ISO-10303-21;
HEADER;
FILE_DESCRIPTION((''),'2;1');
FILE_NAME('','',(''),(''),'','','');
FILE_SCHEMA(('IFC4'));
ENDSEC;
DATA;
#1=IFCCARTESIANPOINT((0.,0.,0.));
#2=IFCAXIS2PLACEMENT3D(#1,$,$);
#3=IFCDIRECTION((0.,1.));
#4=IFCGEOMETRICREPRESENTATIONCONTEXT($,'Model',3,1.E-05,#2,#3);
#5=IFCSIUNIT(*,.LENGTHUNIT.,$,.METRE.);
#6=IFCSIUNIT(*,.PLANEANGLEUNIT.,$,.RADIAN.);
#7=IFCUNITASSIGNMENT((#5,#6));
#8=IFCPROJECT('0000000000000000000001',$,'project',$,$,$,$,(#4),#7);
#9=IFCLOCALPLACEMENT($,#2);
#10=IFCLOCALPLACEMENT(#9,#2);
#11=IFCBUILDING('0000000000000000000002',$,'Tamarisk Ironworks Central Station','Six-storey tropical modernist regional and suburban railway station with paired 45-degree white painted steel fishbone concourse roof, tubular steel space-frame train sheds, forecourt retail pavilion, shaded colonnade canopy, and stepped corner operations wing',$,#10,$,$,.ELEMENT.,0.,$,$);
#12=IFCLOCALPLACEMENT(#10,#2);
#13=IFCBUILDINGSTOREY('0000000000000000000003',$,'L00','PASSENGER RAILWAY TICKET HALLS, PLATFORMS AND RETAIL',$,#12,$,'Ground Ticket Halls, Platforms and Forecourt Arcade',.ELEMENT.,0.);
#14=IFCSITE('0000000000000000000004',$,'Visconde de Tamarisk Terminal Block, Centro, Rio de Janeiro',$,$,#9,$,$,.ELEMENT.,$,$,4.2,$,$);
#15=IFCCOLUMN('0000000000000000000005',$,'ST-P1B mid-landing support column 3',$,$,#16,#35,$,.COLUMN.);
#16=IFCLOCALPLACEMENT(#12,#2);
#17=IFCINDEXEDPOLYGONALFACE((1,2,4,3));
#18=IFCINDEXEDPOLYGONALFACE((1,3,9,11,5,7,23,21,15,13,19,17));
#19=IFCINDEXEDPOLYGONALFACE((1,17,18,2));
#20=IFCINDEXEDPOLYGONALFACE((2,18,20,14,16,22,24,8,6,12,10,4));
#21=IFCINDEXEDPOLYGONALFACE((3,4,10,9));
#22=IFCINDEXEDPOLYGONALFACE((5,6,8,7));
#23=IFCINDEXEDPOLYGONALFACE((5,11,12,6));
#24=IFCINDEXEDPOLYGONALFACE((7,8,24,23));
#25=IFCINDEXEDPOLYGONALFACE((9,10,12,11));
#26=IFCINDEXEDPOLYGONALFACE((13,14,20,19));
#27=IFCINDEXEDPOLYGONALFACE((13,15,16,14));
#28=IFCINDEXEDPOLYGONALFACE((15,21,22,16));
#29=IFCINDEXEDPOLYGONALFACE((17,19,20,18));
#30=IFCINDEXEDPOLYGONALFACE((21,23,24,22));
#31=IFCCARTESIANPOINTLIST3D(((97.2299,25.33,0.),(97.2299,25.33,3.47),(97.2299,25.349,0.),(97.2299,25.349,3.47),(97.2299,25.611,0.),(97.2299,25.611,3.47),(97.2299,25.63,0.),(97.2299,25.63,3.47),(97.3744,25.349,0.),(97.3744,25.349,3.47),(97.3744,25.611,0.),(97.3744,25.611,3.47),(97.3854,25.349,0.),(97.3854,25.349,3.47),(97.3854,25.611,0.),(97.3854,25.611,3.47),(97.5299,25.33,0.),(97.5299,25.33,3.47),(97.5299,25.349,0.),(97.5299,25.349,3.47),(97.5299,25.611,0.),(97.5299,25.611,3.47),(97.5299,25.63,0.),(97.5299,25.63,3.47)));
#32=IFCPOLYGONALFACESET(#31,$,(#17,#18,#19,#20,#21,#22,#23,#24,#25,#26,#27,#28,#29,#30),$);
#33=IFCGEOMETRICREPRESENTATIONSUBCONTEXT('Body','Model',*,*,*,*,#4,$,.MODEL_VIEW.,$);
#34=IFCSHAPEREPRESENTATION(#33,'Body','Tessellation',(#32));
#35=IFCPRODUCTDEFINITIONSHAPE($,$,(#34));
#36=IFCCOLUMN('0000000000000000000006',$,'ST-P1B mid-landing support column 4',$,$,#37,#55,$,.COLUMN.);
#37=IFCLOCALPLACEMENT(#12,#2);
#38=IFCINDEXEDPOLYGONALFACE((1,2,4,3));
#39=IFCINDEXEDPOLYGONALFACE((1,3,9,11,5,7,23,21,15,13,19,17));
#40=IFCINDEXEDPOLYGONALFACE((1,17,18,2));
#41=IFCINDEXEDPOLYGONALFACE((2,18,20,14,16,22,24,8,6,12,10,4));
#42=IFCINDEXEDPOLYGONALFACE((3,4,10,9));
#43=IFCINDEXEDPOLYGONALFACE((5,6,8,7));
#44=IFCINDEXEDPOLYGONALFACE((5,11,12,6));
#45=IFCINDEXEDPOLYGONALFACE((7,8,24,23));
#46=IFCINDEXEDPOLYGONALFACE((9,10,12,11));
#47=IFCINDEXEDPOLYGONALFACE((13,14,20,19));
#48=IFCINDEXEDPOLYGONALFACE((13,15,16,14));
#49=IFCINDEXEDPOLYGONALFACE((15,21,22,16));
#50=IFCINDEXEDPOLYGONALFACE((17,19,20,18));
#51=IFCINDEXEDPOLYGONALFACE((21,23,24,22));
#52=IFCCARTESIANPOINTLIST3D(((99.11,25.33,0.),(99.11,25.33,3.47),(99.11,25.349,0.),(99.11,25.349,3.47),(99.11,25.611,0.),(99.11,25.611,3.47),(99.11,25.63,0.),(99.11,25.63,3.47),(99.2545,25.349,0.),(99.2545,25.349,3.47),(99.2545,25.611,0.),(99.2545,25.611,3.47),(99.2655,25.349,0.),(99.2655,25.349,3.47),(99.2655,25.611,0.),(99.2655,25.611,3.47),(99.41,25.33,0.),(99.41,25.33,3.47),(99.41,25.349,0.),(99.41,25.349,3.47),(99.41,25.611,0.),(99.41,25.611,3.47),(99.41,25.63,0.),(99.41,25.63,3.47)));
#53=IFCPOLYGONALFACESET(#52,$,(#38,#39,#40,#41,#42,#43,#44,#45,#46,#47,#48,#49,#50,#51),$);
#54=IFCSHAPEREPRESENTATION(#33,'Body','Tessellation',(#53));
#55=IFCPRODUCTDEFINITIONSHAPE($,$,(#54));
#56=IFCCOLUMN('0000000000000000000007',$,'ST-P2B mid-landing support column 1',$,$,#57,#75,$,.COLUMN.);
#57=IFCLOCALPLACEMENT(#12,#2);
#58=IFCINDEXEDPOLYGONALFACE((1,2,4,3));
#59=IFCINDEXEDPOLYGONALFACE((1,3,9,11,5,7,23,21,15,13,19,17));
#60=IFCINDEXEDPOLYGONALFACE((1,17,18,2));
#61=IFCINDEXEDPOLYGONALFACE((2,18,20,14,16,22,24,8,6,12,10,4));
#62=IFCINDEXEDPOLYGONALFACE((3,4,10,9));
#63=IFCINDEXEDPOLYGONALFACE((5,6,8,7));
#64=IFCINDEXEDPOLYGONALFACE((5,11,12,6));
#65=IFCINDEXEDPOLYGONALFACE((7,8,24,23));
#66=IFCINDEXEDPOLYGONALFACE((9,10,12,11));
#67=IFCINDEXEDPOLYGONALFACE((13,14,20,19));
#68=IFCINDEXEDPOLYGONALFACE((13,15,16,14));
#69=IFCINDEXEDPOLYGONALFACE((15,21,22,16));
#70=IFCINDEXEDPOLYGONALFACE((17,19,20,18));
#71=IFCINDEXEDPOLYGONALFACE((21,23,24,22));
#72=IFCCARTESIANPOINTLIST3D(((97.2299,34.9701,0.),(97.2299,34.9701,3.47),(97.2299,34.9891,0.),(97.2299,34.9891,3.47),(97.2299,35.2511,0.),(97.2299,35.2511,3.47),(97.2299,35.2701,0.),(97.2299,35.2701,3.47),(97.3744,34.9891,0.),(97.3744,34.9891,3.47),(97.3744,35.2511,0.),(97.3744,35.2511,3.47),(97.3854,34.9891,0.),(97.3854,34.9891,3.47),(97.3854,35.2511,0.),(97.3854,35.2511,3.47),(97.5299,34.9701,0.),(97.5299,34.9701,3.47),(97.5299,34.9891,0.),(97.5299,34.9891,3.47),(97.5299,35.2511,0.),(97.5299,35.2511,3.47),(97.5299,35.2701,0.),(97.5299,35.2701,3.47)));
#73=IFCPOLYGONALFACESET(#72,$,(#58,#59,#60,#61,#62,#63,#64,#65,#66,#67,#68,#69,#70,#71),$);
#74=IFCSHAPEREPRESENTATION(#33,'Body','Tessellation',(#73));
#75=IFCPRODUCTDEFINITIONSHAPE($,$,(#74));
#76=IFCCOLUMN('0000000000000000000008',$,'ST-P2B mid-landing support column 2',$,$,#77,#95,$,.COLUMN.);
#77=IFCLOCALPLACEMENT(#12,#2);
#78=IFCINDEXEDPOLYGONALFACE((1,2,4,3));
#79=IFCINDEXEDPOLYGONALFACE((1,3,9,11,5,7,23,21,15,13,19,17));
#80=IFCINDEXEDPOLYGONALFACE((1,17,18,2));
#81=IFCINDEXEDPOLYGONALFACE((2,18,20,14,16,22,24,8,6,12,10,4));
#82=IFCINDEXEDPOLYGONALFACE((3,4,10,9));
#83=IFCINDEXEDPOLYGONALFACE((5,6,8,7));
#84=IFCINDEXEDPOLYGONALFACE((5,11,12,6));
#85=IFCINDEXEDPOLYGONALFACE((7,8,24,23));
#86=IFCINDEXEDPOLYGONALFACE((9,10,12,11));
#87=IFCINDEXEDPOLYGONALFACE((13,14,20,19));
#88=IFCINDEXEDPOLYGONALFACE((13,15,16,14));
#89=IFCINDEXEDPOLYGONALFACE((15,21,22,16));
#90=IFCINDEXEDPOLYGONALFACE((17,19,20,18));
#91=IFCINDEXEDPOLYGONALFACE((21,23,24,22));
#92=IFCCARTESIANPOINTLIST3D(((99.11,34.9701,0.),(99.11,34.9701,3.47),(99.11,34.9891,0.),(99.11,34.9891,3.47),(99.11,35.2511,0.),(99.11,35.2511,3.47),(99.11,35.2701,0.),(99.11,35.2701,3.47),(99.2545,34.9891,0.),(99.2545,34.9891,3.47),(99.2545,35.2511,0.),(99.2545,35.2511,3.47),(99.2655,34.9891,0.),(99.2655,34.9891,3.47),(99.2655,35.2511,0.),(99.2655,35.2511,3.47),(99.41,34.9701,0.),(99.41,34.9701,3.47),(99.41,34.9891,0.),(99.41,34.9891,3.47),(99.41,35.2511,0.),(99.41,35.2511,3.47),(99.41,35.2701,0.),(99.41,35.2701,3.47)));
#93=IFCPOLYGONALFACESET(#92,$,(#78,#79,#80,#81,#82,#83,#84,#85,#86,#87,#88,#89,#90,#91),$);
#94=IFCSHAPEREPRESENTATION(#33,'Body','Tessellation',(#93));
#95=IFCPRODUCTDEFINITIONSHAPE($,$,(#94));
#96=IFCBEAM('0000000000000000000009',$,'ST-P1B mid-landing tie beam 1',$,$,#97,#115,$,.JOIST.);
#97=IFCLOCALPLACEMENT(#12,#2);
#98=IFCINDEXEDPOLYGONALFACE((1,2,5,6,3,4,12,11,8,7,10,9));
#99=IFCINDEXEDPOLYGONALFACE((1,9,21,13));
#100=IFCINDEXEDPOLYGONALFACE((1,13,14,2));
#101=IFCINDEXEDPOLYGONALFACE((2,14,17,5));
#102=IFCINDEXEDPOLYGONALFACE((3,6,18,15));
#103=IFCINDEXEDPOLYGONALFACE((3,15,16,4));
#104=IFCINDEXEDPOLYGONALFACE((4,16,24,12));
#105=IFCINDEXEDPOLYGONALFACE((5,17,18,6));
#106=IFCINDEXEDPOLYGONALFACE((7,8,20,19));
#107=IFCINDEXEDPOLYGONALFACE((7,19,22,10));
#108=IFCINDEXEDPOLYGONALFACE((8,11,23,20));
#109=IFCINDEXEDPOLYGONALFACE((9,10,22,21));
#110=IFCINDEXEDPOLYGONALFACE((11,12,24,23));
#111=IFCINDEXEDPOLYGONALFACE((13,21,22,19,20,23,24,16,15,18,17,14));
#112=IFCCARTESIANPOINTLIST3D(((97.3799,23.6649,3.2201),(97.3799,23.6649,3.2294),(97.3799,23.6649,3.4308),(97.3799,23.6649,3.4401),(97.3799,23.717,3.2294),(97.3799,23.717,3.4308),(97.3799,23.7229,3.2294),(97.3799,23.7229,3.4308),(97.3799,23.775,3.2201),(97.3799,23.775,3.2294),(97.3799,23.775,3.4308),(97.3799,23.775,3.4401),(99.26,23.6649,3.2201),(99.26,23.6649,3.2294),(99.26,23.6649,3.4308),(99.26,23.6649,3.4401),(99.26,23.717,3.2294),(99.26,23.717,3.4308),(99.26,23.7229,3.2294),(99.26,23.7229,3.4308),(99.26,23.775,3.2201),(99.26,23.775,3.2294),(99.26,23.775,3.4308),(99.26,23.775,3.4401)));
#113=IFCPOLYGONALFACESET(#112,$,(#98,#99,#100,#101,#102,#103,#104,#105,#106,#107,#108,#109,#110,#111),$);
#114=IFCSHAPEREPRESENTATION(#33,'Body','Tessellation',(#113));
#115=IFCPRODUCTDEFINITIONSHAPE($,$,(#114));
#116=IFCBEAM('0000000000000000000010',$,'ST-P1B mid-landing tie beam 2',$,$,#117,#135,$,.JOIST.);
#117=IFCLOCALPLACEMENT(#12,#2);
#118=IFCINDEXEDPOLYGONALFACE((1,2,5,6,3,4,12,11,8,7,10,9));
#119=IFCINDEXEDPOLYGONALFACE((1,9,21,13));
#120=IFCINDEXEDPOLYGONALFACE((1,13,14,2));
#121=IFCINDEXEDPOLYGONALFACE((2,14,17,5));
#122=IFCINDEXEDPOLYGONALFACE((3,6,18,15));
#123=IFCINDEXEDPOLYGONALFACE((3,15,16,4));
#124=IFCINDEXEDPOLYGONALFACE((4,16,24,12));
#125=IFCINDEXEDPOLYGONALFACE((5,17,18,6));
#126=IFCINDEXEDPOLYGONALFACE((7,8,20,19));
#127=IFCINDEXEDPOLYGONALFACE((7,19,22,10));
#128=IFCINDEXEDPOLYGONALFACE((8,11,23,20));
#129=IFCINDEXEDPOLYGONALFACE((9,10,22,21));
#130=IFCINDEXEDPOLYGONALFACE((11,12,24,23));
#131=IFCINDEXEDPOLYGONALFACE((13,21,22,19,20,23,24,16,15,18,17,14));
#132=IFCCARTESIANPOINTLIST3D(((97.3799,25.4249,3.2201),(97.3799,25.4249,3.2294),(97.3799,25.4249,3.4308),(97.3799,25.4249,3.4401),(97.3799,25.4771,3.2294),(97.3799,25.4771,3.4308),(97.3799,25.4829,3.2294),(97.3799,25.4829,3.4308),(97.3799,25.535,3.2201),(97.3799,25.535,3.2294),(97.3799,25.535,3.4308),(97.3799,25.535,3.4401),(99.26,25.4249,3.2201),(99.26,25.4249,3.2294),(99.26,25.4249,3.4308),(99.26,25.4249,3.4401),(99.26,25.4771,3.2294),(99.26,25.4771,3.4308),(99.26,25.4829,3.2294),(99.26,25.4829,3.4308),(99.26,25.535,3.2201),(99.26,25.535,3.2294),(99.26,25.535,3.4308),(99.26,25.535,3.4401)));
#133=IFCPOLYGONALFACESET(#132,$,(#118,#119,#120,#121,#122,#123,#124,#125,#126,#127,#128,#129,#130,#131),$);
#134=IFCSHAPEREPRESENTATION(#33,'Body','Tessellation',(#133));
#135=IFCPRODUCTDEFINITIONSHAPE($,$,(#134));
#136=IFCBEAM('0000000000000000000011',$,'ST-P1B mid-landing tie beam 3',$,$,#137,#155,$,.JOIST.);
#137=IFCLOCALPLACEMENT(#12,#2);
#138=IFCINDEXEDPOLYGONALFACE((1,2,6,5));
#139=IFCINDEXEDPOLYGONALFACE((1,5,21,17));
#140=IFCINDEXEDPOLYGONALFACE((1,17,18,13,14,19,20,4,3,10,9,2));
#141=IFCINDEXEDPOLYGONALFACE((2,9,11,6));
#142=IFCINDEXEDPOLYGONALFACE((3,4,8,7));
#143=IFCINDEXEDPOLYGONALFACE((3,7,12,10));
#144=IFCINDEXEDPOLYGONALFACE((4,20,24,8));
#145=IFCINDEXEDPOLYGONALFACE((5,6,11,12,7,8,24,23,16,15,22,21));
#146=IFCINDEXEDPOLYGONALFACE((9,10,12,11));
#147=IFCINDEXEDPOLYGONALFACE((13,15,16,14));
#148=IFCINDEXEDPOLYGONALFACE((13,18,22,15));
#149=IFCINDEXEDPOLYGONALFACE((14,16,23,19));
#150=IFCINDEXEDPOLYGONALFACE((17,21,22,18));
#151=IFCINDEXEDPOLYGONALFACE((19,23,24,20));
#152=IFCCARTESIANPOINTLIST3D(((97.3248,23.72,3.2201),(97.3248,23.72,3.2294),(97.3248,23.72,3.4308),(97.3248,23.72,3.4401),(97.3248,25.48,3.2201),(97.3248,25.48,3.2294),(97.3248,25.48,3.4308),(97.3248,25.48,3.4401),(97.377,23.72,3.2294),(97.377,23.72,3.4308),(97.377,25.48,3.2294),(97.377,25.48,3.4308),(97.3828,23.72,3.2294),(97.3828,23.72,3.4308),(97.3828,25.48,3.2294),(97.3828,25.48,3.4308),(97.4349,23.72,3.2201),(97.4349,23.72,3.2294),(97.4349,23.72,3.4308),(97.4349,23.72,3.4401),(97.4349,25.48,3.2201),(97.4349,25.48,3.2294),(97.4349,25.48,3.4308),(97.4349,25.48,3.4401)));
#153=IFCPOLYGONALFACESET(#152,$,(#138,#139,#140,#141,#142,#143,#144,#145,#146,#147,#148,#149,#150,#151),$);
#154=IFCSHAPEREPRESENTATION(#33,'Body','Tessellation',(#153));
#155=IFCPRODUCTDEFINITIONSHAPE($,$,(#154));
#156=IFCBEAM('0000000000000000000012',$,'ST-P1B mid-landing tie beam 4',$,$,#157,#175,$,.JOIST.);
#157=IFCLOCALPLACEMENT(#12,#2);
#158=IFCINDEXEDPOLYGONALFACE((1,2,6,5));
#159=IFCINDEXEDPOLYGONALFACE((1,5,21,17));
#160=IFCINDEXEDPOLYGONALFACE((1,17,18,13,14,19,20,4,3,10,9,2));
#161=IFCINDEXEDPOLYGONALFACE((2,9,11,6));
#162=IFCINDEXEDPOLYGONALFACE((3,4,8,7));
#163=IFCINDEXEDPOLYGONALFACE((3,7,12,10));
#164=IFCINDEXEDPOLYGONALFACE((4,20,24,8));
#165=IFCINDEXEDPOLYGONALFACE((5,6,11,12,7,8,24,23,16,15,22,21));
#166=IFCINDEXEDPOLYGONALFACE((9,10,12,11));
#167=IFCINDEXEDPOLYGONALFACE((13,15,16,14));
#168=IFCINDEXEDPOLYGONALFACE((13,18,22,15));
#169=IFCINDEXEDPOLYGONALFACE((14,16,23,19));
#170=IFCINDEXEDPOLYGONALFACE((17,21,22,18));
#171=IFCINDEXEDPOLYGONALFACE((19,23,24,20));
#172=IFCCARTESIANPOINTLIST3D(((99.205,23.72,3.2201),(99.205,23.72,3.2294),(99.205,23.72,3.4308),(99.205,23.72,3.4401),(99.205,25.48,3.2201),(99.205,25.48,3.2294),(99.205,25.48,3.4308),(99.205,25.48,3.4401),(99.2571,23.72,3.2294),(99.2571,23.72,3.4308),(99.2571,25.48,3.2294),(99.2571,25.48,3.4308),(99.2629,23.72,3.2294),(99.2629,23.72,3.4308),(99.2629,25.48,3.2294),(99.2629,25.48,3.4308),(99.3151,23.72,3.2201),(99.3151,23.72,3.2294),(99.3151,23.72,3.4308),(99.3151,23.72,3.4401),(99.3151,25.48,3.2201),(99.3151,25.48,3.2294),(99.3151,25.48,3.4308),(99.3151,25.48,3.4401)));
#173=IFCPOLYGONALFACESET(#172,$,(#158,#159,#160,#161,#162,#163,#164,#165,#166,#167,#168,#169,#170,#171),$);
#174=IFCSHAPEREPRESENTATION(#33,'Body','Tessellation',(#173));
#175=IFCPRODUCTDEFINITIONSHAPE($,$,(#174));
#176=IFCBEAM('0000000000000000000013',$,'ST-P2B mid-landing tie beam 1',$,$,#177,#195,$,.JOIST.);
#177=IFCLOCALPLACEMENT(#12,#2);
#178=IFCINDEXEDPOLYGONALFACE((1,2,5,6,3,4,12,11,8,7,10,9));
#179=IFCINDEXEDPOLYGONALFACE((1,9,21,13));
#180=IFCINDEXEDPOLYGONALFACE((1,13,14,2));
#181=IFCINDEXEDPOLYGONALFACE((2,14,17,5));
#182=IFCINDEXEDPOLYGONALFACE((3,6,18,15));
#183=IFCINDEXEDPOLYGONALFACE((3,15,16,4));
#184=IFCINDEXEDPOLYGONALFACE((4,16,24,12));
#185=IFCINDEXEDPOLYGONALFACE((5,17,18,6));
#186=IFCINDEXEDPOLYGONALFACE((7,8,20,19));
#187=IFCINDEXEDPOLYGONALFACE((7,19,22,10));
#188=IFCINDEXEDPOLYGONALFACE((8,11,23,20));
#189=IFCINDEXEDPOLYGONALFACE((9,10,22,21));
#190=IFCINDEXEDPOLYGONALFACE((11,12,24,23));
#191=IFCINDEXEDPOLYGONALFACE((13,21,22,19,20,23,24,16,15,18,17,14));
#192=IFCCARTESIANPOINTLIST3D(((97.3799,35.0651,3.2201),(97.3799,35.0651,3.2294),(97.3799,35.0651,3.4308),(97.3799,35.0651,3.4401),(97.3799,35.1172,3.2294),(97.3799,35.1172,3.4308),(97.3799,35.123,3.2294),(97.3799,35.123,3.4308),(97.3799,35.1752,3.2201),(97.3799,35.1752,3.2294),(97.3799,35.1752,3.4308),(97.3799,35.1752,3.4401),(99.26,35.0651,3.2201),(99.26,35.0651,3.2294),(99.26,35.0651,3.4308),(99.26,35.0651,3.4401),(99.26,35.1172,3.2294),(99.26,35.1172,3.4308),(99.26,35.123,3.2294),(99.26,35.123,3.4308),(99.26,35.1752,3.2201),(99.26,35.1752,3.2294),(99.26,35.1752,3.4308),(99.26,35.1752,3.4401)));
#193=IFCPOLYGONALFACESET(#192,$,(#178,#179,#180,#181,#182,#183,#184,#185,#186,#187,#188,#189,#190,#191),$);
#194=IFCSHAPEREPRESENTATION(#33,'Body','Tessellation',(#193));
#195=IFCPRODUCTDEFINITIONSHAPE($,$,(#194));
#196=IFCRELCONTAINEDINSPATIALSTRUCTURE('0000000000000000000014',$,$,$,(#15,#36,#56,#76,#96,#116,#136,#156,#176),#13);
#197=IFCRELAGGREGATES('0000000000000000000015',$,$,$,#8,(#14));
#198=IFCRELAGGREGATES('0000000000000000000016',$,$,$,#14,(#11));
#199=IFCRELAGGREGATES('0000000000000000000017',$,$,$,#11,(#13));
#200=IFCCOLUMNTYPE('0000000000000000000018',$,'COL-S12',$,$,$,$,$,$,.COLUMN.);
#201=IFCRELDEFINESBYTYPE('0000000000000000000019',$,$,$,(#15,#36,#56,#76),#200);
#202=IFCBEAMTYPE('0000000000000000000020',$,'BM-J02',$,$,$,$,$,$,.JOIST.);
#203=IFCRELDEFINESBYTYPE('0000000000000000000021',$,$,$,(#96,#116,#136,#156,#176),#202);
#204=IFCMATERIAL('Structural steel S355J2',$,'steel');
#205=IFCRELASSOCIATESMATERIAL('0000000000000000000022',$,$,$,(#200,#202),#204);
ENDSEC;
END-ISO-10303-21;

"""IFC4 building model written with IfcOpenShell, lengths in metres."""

from ifc_helpers import new_model, si_unit, direction, frame, origin, origin_2d, place, context, subcontext, project, spatial, i_section, extrude, material, material_profile, profile_set, type_object, element, save


model = new_model("IFC4")

# Units and contexts
model_context = context("Model", 3, precision=1e-05, world=origin(), true_north=direction((0.0, 1.0)))
body_context = subcontext(model_context, "Body", "Model", "MODEL_VIEW")
ifc_project = project(units=[si_unit("LENGTHUNIT", "METRE"), si_unit("PLANEANGLEUNIT", "RADIAN")], contexts=[model_context])

# Site, building, storey
site_placement = place(None, origin())
site = spatial("IfcSite", under=ifc_project, at=site_placement, Name="Visconde de Tamarisk Terminal Block, Centro, Rio de Janeiro", CompositionType="ELEMENT", RefElevation=4.2)
building_placement = place(site_placement, origin())
building = spatial("IfcBuilding", under=site, at=building_placement, Name="Tamarisk Ironworks Central Station", Description="Six-storey tropical modernist regional and suburban railway station with paired 45-degree white painted steel fishbone concourse roof, tubular steel space-frame train sheds, forecourt retail pavilion, shaded colonnade canopy, and stepped corner operations wing", CompositionType="ELEMENT", ElevationOfRefHeight=0.0)
storey_placement = place(building_placement, origin())
storey = spatial("IfcBuildingStorey", under=building, at=storey_placement, Name="L00", Description="PASSENGER RAILWAY TICKET HALLS, PLATFORMS AND RETAIL", LongName="Ground Ticket Halls, Platforms and Forecourt Arcade", CompositionType="ELEMENT", Elevation=0.0)

# Columns
ifc_material_1 = material(Name="Structural steel S355J2", Category="steel")
ifc_material_profile_1 = material_profile(ifc_material_1, i_section(OverallWidth=0.3, OverallDepth=0.3, WebThickness=0.011, FlangeThickness=0.019, at=origin_2d()), Name="HEB 300")
ifc_profile_set_1 = profile_set([ifc_material_profile_1], Name="Structural steel S355J2")
column_type = type_object("IfcColumnType", Name="COL-S12", PredefinedType="COLUMN", material=ifc_profile_set_1)
for number, where, z_axis, x_axis, name in (
    (1, (97.3799, 25.48, 0.0), (0.0, 0.0, 1.0), (1.0, 0.0, 0.0), "ST-P1B mid-landing support column 3"),
    (2, (99.26, 25.48, 0.0), (0.0, 0.0, 1.0), (1.0, 0.0, 0.0), "ST-P1B mid-landing support column 4"),
    (3, (97.3799, 35.1201, 0.0), (0.0, 0.0, 1.0), (1.0, 0.0, 0.0), "ST-P2B mid-landing support column 1"),
    (4, (99.26, 35.1201, 0.0), (0.0, 0.0, 1.0), (1.0, 0.0, 0.0), "ST-P2B mid-landing support column 2"),
):
    element("IfcColumn", number, at=place(storey_placement, frame(where, z_axis=z_axis, x_axis=x_axis)), inside=storey, type_object=column_type, Name=name, PredefinedType="COLUMN", context=body_context, shape_type="SweptSolid", body=[
        extrude(i_section(OverallWidth=0.3, OverallDepth=0.3, WebThickness=0.011, FlangeThickness=0.019, at=origin_2d()), origin(), (0.0, 0.0, 1.0), 3.47),
    ])

# Beams
ifc_material_profile_2 = material_profile(ifc_material_1, i_section(OverallWidth=0.1101, OverallDepth=0.22, WebThickness=0.0059, FlangeThickness=0.0093, at=origin_2d()), Name="IPE 220")
ifc_profile_set_2 = profile_set([ifc_material_profile_2], Name="Structural steel S355J2")
beam_type = type_object("IfcBeamType", Name="BM-J02", PredefinedType="JOIST", material=ifc_profile_set_2)
for number, where, z_axis, x_axis, name in (
    (5, (97.3799, 23.72, 3.3301), (1.0, 0.0, 0.0), (0.0, 1.0, 0.0), "ST-P1B mid-landing tie beam 1"),
    (6, (97.3799, 25.48, 3.3301), (1.0, 0.0, 0.0), (0.0, 1.0, 0.0), "ST-P1B mid-landing tie beam 2"),
):
    element("IfcBeam", number, at=place(storey_placement, frame(where, z_axis=z_axis, x_axis=x_axis)), inside=storey, type_object=beam_type, Name=name, PredefinedType="JOIST", context=body_context, shape_type="SweptSolid", body=[
        extrude(i_section(OverallWidth=0.1101, OverallDepth=0.22, WebThickness=0.0059, FlangeThickness=0.0093, at=origin_2d()), origin(), (0.0, 0.0, 1.0), 1.8801),
    ])
for number, where, z_axis, x_axis, name in (
    (7, (97.3799, 23.72, 3.3301), (0.0, 1.0, 0.0), (-1.0, 0.0, 0.0), "ST-P1B mid-landing tie beam 3"),
    (8, (99.26, 23.72, 3.3301), (0.0, 1.0, 0.0), (-1.0, 0.0, 0.0), "ST-P1B mid-landing tie beam 4"),
):
    element("IfcBeam", number, at=place(storey_placement, frame(where, z_axis=z_axis, x_axis=x_axis)), inside=storey, type_object=beam_type, Name=name, PredefinedType="JOIST", context=body_context, shape_type="SweptSolid", body=[
        extrude(i_section(OverallWidth=0.1101, OverallDepth=0.22, WebThickness=0.0059, FlangeThickness=0.0093, at=origin_2d()), origin(), (0.0, 0.0, 1.0), 1.76),
    ])
beam_placement = place(storey_placement, frame((97.3799, 35.1201, 3.3301), z_axis=(1.0, 0.0, 0.0), x_axis=(0.0, 1.0, 0.0)))
element("IfcBeam", 9, at=beam_placement, inside=storey, type_object=beam_type, Name="ST-P2B mid-landing tie beam 1", PredefinedType="JOIST", context=body_context, shape_type="SweptSolid", body=[
    extrude(i_section(OverallWidth=0.1101, OverallDepth=0.22, WebThickness=0.0059, FlangeThickness=0.0093, at=origin_2d()), origin(), (0.0, 0.0, 1.0), 1.8801),
])

save(model, "model.ifc")
